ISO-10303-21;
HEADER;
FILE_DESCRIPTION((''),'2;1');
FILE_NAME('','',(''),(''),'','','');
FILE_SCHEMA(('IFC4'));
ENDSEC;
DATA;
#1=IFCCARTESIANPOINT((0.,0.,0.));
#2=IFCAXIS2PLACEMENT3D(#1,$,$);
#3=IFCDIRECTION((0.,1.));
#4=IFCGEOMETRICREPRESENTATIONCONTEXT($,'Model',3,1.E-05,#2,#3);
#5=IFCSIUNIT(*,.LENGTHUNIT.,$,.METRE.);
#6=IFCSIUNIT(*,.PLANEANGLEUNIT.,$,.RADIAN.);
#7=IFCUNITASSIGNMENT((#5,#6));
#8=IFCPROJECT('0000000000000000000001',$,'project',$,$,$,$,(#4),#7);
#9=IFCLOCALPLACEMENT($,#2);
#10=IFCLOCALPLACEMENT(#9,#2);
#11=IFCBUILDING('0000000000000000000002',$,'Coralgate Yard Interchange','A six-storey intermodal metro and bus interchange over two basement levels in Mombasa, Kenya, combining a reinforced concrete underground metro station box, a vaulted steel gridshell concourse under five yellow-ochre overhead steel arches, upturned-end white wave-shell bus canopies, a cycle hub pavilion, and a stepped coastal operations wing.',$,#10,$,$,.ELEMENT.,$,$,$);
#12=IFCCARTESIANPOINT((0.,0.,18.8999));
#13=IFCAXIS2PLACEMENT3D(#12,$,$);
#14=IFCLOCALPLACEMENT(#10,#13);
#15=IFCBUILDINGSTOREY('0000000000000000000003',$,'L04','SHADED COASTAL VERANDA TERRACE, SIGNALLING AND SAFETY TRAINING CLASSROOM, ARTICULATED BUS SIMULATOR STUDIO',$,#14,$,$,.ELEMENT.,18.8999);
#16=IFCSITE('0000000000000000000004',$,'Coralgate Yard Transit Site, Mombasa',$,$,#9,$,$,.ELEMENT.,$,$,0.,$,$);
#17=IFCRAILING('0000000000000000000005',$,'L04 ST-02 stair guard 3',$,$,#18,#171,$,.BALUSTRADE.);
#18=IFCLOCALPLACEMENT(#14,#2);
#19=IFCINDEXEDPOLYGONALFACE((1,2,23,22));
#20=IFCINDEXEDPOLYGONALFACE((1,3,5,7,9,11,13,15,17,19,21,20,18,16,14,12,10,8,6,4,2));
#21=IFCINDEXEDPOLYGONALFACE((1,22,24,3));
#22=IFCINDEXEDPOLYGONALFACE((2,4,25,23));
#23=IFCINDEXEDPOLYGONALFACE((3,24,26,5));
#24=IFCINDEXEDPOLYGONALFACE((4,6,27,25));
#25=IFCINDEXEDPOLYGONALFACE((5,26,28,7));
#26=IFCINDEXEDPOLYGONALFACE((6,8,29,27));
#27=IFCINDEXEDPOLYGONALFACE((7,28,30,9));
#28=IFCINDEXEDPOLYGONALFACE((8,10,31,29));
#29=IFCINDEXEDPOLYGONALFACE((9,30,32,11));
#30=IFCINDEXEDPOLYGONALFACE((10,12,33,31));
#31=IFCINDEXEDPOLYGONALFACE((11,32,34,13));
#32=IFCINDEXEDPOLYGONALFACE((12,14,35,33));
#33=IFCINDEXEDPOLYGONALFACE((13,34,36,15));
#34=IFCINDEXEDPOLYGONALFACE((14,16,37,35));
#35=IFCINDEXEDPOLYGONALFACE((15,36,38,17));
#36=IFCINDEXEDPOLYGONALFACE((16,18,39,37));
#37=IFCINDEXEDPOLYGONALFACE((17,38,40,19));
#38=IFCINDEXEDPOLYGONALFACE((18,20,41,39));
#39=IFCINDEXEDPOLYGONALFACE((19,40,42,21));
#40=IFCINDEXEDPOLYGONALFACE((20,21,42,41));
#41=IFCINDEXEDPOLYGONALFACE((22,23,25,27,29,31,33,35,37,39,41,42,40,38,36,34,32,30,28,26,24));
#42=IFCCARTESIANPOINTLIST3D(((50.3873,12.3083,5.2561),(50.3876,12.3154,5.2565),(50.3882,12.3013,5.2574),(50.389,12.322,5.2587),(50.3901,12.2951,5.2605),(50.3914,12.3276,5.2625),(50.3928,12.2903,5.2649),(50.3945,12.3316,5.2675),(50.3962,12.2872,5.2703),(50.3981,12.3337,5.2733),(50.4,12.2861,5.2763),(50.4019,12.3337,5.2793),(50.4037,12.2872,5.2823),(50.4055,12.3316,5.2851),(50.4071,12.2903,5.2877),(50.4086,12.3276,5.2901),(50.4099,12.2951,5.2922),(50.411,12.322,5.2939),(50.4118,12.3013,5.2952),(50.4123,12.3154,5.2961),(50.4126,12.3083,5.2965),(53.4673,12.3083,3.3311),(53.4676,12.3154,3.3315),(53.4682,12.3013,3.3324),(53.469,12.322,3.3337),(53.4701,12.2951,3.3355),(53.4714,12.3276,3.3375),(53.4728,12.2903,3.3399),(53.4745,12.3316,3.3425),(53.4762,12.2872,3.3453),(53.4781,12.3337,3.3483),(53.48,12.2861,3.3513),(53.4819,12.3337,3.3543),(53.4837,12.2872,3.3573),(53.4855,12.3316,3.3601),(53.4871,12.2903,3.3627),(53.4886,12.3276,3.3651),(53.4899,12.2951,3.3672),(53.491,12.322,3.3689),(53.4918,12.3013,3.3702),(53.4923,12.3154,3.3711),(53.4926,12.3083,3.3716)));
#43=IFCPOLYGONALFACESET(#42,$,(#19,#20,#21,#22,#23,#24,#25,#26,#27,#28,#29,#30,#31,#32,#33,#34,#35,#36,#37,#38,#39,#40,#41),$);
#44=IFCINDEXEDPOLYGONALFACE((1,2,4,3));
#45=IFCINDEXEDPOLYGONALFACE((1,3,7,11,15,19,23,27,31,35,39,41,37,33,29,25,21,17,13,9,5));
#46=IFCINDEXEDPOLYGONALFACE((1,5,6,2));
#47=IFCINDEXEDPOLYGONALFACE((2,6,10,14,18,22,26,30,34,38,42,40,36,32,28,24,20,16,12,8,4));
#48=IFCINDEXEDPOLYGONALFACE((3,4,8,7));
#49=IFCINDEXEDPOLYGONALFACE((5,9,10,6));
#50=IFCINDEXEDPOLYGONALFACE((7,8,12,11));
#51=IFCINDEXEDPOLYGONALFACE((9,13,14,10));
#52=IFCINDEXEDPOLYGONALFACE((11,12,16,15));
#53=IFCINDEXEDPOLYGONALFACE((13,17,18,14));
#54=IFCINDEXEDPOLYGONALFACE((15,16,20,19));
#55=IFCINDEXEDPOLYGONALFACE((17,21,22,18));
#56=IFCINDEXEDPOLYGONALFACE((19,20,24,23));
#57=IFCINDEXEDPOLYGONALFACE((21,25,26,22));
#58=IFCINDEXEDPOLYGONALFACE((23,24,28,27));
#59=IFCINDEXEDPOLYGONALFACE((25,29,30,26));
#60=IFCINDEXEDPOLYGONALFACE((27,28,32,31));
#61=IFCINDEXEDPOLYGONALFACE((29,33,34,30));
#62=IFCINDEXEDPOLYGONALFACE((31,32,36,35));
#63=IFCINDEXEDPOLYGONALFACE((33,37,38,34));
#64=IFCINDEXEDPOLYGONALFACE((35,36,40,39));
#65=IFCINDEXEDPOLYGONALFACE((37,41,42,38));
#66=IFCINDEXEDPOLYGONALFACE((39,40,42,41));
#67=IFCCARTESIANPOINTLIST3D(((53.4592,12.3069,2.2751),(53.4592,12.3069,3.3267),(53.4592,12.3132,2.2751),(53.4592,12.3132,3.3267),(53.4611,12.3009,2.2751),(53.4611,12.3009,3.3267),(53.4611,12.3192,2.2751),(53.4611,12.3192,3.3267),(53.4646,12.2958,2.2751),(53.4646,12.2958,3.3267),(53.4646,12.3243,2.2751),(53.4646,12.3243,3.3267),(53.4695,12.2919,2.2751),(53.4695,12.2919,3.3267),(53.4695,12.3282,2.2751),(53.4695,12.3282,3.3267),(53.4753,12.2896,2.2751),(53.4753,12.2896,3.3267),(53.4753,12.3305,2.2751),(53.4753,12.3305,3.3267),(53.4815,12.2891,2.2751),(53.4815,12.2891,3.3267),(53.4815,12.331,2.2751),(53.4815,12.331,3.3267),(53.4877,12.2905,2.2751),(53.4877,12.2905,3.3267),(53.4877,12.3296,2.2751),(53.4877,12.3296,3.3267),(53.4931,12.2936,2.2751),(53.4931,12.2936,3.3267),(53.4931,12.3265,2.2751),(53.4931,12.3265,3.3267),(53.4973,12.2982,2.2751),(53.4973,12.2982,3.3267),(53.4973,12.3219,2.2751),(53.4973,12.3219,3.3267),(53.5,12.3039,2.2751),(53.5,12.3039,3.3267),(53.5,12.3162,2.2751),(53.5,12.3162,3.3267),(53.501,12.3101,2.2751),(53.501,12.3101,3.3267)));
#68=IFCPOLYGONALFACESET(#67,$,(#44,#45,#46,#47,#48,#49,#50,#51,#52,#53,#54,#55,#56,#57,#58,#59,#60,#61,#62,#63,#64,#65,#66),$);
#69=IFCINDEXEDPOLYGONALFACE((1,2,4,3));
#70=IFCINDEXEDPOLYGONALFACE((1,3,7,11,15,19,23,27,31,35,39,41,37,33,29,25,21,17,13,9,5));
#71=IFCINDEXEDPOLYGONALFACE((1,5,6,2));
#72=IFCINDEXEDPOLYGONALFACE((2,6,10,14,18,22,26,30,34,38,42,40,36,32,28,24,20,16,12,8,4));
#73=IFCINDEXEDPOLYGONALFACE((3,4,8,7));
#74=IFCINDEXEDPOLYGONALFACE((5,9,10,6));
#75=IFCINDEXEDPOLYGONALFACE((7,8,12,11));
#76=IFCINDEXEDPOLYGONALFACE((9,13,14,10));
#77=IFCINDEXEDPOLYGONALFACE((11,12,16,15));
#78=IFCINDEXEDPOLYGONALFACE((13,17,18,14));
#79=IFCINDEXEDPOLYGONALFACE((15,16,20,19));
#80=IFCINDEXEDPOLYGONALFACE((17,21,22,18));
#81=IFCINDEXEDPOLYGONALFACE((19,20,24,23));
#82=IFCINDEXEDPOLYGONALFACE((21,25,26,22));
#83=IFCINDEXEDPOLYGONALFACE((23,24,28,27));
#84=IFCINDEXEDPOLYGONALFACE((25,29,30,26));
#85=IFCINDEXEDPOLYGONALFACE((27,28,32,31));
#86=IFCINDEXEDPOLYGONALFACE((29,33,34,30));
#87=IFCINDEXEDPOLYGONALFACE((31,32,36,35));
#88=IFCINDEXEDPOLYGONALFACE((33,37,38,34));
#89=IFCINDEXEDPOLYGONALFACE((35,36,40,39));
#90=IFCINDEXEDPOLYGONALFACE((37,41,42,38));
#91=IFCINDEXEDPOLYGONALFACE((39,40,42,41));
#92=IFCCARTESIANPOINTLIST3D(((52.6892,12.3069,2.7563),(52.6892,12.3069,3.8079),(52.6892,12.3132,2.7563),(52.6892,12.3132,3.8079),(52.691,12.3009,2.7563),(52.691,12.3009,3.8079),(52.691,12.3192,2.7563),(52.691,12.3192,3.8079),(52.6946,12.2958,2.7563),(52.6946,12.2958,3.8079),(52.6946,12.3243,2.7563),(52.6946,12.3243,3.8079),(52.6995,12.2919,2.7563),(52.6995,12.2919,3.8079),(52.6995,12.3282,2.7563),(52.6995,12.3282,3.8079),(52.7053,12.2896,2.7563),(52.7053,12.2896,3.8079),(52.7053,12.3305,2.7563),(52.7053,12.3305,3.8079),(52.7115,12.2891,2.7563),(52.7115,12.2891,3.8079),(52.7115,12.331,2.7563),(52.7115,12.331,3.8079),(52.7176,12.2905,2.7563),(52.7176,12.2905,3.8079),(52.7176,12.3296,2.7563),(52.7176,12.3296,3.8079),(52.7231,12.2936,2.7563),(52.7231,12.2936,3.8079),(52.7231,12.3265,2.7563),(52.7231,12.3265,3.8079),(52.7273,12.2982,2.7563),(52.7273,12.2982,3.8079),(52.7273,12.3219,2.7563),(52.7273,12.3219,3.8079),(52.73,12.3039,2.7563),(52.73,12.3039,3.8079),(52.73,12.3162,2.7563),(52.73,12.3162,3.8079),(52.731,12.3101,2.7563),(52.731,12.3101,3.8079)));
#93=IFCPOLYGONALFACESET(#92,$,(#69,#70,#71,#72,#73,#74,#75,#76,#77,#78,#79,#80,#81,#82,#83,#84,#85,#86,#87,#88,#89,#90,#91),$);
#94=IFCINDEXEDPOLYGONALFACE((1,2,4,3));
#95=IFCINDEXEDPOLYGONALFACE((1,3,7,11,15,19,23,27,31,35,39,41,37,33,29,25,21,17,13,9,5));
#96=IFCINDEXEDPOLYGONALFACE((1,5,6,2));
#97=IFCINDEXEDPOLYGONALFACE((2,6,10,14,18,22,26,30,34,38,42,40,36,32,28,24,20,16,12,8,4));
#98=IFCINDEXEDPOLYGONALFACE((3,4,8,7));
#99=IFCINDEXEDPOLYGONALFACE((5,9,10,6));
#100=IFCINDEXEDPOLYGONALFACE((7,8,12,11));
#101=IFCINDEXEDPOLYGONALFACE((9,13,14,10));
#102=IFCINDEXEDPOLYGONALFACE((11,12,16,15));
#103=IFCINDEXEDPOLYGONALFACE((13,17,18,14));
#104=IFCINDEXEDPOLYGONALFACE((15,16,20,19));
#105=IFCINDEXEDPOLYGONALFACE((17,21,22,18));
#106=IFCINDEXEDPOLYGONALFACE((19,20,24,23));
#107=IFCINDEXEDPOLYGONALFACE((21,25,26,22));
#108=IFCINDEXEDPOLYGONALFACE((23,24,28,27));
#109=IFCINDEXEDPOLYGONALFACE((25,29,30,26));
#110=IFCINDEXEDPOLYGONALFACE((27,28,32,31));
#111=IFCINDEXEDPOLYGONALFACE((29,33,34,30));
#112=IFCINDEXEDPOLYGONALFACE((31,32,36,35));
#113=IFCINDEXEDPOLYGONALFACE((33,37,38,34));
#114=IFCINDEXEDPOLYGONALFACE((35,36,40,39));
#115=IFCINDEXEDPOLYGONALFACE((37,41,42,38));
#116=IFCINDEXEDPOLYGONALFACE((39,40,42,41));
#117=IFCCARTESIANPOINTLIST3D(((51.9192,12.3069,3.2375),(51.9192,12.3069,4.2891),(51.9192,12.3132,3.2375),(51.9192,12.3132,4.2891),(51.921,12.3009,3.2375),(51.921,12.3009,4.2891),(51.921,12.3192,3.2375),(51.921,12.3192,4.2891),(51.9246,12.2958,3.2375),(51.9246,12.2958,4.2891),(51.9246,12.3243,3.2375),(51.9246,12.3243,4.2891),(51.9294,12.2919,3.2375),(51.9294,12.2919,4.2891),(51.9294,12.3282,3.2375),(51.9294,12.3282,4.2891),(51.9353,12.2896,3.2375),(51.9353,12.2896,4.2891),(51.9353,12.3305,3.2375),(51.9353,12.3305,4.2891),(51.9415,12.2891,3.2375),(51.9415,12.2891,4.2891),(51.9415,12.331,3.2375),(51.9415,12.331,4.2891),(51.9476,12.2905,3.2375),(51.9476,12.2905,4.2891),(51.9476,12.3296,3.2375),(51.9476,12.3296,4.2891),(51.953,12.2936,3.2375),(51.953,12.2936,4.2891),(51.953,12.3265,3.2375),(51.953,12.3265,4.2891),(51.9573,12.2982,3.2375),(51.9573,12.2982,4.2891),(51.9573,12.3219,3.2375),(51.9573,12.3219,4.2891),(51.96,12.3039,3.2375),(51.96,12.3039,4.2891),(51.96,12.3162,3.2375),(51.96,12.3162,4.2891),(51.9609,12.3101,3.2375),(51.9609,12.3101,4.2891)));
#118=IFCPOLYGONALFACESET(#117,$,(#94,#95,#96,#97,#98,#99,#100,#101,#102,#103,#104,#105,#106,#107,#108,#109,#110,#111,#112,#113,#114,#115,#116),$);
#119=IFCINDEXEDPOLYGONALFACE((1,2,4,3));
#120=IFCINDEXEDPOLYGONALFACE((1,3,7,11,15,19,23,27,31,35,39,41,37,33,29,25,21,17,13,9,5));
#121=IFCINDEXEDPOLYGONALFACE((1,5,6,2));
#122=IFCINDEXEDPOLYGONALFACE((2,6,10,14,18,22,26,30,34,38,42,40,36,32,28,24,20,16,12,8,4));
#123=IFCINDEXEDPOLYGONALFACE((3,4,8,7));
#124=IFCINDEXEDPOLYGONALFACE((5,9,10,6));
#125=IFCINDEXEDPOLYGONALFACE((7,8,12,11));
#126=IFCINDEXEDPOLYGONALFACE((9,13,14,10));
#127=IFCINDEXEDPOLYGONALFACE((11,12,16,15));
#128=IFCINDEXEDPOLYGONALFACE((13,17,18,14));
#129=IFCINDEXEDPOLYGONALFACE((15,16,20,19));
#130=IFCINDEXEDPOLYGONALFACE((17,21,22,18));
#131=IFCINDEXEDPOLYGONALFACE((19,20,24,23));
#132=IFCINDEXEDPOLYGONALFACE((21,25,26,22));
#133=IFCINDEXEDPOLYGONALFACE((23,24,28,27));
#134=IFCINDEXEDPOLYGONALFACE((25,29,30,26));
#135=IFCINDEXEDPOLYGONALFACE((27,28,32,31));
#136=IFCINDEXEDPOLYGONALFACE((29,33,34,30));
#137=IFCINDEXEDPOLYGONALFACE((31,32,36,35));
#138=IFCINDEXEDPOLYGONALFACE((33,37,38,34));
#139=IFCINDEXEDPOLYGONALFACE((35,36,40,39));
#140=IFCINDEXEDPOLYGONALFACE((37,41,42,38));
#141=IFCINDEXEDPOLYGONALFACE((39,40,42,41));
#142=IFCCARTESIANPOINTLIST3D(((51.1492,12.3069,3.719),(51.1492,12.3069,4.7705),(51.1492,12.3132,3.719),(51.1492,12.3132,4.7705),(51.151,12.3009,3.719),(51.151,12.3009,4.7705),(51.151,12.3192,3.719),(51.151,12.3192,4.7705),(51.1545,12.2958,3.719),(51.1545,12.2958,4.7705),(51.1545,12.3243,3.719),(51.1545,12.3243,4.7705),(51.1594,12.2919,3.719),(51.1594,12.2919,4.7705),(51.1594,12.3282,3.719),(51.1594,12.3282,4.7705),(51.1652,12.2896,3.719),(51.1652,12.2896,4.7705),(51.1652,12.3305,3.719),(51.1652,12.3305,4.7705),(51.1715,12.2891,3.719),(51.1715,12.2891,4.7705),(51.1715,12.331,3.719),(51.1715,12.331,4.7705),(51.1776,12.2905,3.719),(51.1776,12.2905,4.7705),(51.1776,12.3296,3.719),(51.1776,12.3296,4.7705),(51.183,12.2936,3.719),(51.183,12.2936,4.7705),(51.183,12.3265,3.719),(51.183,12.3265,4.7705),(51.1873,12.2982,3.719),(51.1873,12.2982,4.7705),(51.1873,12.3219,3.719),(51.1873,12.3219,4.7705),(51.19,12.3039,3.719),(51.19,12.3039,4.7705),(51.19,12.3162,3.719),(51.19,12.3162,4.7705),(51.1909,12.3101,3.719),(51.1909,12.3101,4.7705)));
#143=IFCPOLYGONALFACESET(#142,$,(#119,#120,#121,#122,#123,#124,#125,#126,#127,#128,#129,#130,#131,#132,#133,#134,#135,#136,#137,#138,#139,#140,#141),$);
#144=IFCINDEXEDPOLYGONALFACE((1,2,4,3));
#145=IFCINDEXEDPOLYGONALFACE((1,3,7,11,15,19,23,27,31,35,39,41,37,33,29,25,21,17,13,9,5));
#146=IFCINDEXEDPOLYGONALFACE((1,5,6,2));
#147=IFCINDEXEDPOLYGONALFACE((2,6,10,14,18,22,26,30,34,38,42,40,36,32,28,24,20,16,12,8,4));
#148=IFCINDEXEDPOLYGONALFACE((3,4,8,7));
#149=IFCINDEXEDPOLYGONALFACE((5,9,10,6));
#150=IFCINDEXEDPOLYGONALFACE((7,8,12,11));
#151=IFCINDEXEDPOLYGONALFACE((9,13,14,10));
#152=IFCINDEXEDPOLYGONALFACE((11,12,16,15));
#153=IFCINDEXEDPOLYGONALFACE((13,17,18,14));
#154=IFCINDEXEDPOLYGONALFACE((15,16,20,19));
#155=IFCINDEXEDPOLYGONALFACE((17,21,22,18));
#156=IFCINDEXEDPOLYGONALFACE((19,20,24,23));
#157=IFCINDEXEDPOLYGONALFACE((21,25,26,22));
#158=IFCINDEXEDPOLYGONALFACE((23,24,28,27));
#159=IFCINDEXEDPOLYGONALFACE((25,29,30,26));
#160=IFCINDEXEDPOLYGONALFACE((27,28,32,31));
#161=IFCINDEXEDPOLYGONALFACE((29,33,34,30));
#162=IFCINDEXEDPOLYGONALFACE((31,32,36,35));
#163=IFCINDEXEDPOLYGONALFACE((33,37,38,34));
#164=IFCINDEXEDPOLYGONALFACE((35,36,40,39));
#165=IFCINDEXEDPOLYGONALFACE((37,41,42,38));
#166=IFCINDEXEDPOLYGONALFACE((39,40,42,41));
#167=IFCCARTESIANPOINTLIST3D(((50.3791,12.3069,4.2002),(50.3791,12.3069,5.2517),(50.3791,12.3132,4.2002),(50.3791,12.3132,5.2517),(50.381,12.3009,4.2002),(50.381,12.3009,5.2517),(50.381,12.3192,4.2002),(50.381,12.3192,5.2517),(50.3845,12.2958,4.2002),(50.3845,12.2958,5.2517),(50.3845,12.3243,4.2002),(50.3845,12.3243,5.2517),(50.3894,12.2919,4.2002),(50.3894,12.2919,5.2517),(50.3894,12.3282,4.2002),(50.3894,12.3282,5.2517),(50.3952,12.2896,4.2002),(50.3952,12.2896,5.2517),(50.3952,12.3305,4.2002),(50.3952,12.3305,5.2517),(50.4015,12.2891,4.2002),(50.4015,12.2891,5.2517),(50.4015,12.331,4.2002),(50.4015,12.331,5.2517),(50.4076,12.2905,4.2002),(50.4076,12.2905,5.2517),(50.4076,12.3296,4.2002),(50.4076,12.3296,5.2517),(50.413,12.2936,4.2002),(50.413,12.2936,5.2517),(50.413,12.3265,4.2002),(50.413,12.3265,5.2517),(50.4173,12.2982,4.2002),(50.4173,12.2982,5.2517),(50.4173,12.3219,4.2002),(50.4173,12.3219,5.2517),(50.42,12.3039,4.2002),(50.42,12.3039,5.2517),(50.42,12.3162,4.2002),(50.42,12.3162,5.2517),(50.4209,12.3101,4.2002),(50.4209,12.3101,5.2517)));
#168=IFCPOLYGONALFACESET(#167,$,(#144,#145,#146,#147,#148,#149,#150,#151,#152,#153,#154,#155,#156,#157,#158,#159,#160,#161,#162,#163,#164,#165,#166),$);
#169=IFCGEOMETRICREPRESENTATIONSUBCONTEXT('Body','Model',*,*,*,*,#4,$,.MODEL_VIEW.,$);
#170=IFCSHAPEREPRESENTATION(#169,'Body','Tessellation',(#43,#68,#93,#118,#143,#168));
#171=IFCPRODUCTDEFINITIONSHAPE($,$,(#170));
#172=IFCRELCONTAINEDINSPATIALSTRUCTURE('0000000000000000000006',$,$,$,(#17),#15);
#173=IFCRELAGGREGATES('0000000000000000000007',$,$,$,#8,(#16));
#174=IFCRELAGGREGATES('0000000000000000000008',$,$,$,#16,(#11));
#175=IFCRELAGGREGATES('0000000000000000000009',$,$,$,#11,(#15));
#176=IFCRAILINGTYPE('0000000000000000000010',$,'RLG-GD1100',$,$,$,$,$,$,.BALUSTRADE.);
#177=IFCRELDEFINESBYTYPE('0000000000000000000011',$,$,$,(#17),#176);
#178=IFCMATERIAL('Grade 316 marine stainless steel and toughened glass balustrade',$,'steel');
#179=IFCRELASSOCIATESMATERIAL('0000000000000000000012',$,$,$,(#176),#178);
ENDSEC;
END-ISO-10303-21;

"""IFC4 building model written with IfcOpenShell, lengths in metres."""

from ifc_helpers import new_model, si_unit, direction, frame, origin, origin_2d, place, context, subcontext, project, spatial, circle, extrude, material, type_object, element, save


model = new_model("IFC4")

# Units and contexts
model_context = context("Model", 3, precision=1e-05, world=origin(), true_north=direction((0.0, 1.0)))
body_context = subcontext(model_context, "Body", "Model", "MODEL_VIEW")
ifc_project = project(units=[si_unit("LENGTHUNIT", "METRE"), si_unit("PLANEANGLEUNIT", "RADIAN")], contexts=[model_context])

# Site, building, storey
site_placement = place(None, origin())
site = spatial("IfcSite", under=ifc_project, at=site_placement, Name="Coralgate Yard Transit Site, Mombasa", CompositionType="ELEMENT", RefElevation=0.0)
building_placement = place(site_placement, origin())
building = spatial("IfcBuilding", under=site, at=building_placement, Name="Coralgate Yard Interchange", Description="A six-storey intermodal metro and bus interchange over two basement levels in Mombasa, Kenya, combining a reinforced concrete underground metro station box, a vaulted steel gridshell concourse under five yellow-ochre overhead steel arches, upturned-end white wave-shell bus canopies, a cycle hub pavilion, and a stepped coastal operations wing.", CompositionType="ELEMENT")
storey_placement = place(building_placement, frame((0.0, 0.0, 18.8999)))
storey = spatial("IfcBuildingStorey", under=building, at=storey_placement, Name="L04", Description="SHADED COASTAL VERANDA TERRACE, SIGNALLING AND SAFETY TRAINING CLASSROOM, ARTICULATED BUS SIMULATOR STUDIO", CompositionType="ELEMENT", Elevation=18.8999)

# Railing
ifc_material_1 = material(Name="Grade 316 marine stainless steel and toughened glass balustrade", Category="steel")
railing_type_1 = type_object("IfcRailingType", Name="RLG-GD1100", PredefinedType="BALUSTRADE", material=ifc_material_1)
railing_1_placement = place(storey_placement, frame((53.48, 12.3101, 2.2751)))
element("IfcRailing", 1, at=railing_1_placement, inside=storey, type_object=railing_type_1, Name="L04 ST-02 stair guard 3", PredefinedType="BALUSTRADE", context=body_context, shape_type="SweptSolid", body=[
    extrude(circle(Radius=0.0239, at=origin_2d()), frame((0.0, 0.0, 1.0762), z_axis=(-0.847998, 0.0, 0.529999), x_axis=(0.0, -1.0, 0.0)), (0.0, 0.0, 1.0), 3.6321),
    extrude(circle(Radius=0.021, at=origin_2d()), origin(), (0.0, 0.0, 1.0), 1.0515),
    extrude(circle(Radius=0.021, at=origin_2d()), frame((-0.77, 0.0, 0.4812)), (0.0, 0.0, 1.0), 1.0515),
    extrude(circle(Radius=0.021, at=origin_2d()), frame((-1.54, 0.0, 0.9624)), (0.0, 0.0, 1.0), 1.0515),
    extrude(circle(Radius=0.021, at=origin_2d()), frame((-2.3101, 0.0, 1.4438)), (0.0, 0.0, 1.0), 1.0515),
    extrude(circle(Radius=0.021, at=origin_2d()), frame((-3.0801, 0.0, 1.925)), (0.0, 0.0, 1.0), 1.0515),
])

save(model, "model.ifc")
